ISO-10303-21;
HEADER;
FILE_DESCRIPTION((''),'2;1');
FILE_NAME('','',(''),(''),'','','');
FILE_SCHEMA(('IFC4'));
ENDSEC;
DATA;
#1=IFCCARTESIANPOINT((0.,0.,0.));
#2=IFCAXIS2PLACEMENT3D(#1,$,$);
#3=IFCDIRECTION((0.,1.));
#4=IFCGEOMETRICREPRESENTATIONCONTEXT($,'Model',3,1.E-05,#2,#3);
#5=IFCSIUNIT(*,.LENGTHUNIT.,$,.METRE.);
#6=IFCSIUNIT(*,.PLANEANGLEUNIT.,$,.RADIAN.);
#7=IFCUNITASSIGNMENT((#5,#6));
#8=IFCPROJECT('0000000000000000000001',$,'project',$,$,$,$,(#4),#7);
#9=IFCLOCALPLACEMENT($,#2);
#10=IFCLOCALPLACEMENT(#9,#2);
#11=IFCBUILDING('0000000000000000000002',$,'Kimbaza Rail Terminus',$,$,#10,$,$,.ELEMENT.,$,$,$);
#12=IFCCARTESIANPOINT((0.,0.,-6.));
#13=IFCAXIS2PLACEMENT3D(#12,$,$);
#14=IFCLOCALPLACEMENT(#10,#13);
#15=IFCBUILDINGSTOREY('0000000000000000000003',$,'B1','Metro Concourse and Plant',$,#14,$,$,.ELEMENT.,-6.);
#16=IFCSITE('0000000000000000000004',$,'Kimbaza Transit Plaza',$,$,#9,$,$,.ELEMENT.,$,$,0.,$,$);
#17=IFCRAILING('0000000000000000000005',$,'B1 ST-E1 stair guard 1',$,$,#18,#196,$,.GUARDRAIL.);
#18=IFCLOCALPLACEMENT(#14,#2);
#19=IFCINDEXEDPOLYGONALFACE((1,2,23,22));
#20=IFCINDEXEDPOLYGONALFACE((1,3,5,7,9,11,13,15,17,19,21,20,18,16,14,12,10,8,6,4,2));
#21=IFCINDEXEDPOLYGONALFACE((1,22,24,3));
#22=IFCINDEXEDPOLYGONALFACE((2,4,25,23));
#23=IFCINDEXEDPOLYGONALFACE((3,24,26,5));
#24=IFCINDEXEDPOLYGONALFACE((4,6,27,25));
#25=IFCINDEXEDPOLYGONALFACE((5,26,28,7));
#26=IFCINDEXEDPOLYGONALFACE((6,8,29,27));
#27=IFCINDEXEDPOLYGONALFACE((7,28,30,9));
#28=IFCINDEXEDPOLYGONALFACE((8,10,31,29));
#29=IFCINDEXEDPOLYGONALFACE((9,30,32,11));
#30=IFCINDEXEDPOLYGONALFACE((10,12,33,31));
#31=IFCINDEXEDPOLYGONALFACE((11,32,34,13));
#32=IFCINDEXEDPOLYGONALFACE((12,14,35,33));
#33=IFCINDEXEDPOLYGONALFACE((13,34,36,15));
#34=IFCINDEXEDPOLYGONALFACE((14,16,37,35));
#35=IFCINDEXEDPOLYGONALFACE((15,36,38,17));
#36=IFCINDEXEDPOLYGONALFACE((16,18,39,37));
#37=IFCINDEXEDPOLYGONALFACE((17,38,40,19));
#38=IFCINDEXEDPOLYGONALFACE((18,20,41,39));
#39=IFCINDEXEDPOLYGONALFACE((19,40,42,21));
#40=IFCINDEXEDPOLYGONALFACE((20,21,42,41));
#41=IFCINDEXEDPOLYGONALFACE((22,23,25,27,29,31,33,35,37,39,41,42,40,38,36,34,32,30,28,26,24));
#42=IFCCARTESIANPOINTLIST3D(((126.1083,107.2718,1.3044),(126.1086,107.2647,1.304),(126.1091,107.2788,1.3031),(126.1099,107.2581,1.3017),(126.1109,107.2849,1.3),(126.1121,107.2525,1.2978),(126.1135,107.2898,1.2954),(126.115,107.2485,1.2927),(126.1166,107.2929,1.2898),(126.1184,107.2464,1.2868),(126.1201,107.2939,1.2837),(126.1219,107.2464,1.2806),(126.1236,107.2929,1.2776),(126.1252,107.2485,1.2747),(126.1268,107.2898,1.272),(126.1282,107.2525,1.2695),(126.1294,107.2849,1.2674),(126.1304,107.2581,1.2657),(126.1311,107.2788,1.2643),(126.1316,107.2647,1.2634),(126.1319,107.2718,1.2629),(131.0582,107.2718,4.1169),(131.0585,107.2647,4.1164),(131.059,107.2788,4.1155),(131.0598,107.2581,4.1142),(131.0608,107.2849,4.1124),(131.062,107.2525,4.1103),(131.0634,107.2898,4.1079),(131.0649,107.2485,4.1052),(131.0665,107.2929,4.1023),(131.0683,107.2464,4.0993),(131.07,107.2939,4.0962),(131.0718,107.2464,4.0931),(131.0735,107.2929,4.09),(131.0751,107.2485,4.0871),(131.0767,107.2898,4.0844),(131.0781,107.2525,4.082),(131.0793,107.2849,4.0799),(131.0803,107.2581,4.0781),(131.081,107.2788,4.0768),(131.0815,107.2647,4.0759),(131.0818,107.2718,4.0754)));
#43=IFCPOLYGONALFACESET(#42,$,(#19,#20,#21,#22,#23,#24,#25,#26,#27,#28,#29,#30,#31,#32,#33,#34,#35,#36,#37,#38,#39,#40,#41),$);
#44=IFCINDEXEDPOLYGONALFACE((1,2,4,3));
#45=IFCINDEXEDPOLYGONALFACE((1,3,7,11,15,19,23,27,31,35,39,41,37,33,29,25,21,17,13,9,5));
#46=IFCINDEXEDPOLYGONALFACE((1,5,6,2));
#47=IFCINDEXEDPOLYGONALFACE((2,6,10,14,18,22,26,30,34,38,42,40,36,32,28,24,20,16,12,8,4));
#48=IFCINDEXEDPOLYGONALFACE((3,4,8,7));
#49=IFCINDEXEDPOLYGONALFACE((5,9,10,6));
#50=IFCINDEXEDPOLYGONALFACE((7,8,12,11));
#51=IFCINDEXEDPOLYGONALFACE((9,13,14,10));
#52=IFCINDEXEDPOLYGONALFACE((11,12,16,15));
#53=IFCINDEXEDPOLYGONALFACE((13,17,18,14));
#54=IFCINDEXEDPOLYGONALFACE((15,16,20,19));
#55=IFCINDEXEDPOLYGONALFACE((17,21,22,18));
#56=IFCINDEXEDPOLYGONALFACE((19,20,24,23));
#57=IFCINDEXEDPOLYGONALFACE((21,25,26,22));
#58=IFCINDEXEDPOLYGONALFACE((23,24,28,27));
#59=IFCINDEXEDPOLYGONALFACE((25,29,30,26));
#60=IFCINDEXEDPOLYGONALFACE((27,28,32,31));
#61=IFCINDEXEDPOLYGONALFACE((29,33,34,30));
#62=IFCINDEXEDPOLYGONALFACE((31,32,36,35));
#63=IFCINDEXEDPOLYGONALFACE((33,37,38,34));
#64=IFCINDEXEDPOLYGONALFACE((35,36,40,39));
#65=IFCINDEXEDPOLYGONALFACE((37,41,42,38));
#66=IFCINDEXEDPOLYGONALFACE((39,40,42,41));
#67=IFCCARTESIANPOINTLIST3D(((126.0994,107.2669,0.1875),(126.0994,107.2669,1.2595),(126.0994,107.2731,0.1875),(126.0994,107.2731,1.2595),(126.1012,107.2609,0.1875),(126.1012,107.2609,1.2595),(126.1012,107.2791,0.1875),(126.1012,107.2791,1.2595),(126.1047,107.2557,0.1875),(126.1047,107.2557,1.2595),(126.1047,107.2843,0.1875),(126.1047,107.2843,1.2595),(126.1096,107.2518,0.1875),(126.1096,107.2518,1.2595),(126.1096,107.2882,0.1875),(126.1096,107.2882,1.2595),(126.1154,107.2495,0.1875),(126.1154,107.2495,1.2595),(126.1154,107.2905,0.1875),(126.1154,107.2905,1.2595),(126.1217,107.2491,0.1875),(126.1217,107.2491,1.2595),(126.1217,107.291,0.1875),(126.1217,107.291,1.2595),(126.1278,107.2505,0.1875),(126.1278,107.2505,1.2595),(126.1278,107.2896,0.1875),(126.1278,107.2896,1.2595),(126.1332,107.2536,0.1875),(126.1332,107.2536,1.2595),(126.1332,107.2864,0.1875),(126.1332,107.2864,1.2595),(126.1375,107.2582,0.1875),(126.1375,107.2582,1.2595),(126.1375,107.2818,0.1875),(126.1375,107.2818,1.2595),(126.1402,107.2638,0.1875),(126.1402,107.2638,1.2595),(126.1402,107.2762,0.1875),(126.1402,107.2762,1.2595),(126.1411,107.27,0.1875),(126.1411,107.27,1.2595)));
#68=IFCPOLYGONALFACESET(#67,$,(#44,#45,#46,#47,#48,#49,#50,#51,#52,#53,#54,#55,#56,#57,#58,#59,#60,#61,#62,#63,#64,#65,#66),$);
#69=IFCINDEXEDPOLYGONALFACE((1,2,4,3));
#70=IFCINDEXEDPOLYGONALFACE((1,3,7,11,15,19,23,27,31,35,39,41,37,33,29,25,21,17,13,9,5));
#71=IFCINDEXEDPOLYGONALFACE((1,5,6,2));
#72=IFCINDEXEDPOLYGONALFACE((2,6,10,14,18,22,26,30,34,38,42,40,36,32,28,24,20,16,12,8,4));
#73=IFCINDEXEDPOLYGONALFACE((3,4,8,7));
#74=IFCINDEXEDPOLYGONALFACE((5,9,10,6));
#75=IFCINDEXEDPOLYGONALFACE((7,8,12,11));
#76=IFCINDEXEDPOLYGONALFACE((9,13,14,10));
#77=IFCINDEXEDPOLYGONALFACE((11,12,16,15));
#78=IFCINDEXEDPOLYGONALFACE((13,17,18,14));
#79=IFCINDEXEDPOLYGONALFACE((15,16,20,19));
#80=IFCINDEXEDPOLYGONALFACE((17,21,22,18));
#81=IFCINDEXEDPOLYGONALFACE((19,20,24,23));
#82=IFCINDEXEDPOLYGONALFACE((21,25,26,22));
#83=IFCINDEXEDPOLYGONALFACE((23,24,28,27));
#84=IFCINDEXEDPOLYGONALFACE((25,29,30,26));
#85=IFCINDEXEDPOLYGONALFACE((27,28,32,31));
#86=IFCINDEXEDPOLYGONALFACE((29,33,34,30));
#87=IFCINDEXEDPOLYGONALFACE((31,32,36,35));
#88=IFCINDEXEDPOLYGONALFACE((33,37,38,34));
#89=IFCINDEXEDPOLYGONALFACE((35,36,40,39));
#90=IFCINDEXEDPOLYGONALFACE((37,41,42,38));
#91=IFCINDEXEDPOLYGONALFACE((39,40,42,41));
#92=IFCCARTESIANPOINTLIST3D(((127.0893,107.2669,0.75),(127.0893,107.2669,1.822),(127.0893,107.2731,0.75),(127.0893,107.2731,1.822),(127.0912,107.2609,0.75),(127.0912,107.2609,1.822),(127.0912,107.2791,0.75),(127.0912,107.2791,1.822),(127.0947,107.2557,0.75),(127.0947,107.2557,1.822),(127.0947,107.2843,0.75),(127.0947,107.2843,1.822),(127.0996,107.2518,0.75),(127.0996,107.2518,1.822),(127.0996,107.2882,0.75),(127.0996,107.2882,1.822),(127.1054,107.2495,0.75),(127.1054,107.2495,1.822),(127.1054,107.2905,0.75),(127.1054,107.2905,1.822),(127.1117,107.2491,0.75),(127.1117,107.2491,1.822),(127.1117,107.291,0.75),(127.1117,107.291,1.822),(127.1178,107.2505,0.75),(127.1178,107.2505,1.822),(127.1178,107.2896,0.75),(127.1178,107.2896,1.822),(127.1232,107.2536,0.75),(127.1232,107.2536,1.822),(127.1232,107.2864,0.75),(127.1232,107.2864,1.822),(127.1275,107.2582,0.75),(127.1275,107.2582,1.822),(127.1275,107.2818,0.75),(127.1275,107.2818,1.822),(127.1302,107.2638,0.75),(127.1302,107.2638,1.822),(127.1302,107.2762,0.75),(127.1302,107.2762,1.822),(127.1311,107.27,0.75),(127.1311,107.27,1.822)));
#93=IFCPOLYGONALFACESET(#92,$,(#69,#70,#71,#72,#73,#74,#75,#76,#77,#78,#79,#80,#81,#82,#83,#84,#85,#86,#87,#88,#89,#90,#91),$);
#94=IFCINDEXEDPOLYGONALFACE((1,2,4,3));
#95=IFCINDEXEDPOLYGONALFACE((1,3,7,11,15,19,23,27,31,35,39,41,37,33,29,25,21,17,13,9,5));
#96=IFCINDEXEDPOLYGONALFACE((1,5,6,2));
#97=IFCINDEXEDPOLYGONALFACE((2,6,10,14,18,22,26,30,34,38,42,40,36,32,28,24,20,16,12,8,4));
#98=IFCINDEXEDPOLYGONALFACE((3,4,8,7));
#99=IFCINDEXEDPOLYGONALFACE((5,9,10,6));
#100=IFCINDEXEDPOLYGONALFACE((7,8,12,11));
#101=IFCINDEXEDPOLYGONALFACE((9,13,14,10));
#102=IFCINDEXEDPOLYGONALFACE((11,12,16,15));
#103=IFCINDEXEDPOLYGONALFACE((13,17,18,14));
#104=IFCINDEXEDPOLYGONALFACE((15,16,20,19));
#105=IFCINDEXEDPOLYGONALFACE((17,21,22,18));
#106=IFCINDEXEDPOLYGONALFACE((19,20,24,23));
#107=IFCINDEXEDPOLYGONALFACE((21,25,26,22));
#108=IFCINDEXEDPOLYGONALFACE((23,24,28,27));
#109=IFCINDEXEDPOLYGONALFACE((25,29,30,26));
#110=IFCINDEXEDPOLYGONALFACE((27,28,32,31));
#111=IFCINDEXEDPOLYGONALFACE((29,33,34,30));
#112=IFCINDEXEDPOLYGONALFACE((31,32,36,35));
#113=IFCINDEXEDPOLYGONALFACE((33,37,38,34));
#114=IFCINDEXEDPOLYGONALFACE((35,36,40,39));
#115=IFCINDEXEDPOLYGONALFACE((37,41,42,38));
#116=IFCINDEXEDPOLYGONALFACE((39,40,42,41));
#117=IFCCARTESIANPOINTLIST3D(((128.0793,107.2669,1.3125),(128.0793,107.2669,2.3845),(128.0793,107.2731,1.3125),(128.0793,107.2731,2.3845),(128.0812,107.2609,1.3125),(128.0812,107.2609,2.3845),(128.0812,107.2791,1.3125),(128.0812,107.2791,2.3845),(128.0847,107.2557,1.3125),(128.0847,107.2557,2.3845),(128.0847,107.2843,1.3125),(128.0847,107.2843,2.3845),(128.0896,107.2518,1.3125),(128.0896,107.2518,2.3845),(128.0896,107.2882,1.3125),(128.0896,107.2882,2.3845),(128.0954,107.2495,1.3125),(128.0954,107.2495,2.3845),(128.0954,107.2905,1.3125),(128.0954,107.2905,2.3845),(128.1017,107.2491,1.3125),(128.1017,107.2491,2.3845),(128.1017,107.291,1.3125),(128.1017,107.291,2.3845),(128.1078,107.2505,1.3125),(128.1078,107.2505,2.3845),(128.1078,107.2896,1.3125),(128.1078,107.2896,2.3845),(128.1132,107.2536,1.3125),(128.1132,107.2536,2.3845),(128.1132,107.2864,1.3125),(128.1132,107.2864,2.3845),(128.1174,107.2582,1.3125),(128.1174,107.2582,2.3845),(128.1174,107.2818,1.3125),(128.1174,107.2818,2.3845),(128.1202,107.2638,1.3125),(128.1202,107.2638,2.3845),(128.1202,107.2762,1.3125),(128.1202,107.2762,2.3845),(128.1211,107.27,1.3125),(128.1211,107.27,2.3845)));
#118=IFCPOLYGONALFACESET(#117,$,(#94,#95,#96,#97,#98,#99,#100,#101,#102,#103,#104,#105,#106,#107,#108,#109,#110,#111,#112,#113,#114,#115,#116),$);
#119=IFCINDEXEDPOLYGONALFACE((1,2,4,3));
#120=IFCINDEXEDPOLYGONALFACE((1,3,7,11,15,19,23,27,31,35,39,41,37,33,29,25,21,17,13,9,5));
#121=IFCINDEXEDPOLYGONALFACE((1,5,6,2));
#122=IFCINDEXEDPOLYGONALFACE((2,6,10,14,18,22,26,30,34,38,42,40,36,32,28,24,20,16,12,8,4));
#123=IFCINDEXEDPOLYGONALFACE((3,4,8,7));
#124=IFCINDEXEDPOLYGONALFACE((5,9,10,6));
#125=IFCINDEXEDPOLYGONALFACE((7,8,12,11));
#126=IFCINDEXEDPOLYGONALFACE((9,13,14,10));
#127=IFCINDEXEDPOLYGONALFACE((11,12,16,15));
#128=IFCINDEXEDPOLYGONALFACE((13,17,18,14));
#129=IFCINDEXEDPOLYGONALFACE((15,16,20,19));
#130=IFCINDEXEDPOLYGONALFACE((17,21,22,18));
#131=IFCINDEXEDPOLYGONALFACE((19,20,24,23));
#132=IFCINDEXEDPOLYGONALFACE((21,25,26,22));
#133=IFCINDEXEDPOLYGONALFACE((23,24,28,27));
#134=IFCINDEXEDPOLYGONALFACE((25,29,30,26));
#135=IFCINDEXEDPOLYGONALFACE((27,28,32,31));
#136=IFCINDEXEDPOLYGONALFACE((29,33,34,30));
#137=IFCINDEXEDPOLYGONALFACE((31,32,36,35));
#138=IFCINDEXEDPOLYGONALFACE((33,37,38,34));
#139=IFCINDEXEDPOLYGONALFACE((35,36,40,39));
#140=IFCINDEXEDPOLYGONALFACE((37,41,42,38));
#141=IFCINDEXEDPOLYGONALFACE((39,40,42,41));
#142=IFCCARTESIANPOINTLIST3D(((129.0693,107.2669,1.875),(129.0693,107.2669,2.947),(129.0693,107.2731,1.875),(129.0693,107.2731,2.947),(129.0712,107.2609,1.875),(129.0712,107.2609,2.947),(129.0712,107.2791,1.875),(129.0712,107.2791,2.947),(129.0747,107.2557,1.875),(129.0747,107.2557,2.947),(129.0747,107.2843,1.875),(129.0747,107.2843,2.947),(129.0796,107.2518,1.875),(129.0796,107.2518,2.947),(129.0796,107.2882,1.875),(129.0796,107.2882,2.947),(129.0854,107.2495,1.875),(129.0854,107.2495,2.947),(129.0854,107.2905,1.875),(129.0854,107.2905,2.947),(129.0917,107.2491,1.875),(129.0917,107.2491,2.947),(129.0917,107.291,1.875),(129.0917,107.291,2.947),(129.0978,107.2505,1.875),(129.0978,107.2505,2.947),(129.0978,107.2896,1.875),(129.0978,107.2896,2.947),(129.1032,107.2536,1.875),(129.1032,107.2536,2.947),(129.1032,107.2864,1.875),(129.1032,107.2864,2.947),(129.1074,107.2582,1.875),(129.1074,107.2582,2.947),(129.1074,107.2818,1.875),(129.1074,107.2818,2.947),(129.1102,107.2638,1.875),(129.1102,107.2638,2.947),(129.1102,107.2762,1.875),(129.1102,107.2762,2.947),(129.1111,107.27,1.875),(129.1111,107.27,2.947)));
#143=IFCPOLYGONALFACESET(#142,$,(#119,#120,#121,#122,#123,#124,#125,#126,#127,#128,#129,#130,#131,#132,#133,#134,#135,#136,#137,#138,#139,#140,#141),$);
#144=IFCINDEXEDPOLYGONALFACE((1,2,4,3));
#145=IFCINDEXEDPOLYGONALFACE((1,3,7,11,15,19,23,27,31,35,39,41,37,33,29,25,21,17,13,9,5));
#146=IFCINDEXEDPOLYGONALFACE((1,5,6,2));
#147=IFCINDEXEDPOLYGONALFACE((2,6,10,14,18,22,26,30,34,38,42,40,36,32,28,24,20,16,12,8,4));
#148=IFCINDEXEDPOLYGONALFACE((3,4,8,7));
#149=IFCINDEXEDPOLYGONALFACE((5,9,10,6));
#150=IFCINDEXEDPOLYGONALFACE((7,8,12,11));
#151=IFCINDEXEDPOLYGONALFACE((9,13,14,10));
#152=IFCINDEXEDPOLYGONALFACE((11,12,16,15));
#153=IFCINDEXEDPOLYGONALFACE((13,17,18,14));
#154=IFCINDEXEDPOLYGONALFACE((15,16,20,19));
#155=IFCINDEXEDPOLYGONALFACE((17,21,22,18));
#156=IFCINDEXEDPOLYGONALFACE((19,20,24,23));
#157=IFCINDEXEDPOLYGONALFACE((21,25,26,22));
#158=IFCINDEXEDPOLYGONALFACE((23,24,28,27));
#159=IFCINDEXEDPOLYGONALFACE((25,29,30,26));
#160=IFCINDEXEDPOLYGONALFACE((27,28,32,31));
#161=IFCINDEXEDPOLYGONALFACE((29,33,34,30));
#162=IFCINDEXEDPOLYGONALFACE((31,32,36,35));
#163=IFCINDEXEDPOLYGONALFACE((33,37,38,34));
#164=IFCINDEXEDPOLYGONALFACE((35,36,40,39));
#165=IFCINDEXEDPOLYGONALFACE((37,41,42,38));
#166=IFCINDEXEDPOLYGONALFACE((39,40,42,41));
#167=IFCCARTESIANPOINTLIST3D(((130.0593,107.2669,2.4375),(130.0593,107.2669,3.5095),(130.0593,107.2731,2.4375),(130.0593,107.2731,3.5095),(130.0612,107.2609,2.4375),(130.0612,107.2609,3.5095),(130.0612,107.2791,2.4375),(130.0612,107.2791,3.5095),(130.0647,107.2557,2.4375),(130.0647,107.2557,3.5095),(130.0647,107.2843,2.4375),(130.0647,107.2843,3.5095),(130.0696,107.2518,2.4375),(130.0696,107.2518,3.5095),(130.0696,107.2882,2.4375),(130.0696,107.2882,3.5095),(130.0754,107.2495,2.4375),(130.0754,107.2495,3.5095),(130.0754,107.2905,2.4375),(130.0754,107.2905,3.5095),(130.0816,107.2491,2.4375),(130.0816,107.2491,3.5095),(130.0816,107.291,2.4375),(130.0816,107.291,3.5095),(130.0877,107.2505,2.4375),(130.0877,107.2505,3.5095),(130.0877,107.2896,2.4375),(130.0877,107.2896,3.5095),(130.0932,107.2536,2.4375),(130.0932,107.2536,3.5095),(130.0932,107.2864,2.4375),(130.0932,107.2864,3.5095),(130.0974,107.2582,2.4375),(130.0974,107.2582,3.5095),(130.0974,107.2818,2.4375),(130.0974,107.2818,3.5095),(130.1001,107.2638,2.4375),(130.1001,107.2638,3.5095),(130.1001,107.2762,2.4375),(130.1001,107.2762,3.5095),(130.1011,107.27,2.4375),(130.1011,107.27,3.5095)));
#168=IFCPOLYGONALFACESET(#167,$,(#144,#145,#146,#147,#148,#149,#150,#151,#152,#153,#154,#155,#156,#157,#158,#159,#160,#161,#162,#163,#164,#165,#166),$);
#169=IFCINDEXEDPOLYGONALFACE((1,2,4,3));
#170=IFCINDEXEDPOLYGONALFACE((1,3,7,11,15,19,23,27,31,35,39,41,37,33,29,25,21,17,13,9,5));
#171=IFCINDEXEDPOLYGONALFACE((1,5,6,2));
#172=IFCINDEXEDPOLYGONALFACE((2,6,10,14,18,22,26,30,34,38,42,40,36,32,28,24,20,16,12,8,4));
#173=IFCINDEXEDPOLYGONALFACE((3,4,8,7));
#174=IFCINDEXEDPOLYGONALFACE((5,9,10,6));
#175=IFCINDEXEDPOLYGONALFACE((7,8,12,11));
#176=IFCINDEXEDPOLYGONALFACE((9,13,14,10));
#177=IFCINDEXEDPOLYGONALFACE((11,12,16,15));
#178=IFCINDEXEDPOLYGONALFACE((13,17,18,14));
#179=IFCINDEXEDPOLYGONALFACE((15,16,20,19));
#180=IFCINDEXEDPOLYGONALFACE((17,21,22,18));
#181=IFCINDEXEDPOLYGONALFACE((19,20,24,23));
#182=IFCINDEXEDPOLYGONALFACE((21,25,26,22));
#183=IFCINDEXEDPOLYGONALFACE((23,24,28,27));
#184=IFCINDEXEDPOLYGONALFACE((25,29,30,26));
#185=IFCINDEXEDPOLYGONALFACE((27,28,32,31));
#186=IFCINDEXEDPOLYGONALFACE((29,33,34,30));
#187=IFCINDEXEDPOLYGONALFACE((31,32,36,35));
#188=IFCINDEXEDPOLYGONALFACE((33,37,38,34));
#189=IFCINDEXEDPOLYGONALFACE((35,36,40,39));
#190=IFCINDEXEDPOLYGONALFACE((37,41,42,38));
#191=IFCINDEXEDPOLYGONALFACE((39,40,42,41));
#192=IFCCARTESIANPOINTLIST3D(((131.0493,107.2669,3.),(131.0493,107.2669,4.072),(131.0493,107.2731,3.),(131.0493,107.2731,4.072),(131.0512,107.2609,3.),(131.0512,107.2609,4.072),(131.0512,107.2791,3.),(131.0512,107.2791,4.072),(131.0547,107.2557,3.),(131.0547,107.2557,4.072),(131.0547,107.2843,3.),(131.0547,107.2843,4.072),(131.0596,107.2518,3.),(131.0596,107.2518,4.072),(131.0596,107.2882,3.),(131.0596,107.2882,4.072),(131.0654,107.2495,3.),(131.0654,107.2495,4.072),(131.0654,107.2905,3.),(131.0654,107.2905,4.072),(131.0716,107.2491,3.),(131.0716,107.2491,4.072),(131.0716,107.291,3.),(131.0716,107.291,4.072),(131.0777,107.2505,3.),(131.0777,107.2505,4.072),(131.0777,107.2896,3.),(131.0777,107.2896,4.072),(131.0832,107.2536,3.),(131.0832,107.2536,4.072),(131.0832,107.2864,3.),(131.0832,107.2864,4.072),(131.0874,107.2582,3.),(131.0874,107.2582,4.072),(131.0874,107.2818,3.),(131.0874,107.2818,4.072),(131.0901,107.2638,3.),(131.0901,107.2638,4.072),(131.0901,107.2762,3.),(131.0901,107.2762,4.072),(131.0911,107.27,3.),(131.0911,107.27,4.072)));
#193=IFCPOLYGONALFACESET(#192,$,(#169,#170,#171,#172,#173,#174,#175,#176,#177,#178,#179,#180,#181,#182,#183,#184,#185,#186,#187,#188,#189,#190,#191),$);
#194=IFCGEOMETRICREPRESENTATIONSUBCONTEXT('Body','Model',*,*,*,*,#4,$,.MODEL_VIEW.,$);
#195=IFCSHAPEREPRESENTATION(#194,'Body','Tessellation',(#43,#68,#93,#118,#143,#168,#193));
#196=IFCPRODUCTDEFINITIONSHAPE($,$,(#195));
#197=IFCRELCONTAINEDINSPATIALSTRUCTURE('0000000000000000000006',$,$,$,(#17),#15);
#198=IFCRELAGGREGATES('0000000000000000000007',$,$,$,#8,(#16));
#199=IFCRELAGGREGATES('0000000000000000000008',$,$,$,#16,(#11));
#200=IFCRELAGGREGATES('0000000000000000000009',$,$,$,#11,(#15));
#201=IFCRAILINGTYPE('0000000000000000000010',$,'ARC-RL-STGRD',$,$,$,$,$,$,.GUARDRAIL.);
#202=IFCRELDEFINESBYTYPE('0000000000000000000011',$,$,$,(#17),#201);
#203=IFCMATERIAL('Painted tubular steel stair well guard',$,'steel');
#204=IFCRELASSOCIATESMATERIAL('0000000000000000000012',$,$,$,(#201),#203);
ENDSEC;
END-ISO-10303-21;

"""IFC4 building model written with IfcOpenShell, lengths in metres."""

from ifc_helpers import new_model, si_unit, direction, frame, origin, origin_2d, place, context, subcontext, project, spatial, circle, extrude, material, type_object, element, save


model = new_model("IFC4")

# Units and contexts
model_context = context("Model", 3, precision=1e-05, world=origin(), true_north=direction((0.0, 1.0)))
body_context = subcontext(model_context, "Body", "Model", "MODEL_VIEW")
ifc_project = project(units=[si_unit("LENGTHUNIT", "METRE"), si_unit("PLANEANGLEUNIT", "RADIAN")], contexts=[model_context])

# Site, building, storey
site_placement = place(None, origin())
site = spatial("IfcSite", under=ifc_project, at=site_placement, Name="Kimbaza Transit Plaza", CompositionType="ELEMENT", RefElevation=0.0)
building_placement = place(site_placement, origin())
building = spatial("IfcBuilding", under=site, at=building_placement, Name="Kimbaza Rail Terminus", CompositionType="ELEMENT")
storey_placement = place(building_placement, frame((0.0, 0.0, -6.0)))
storey = spatial("IfcBuildingStorey", under=building, at=storey_placement, Name="B1", Description="Metro Concourse and Plant", CompositionType="ELEMENT", Elevation=-6.0)

# Railing
ifc_material_1 = material(Name="Painted tubular steel stair well guard", Category="steel")
railing_type_1 = type_object("IfcRailingType", Name="ARC-RL-STGRD", PredefinedType="GUARDRAIL", material=ifc_material_1)
railing_1_placement = place(storey_placement, frame((126.1201, 107.27, 0.1875)))
element("IfcRailing", 1, at=railing_1_placement, inside=storey, type_object=railing_type_1, Name="B1 ST-E1 stair guard 1", PredefinedType="GUARDRAIL", context=body_context, shape_type="SweptSolid", body=[
    extrude(circle(Radius=0.0239, at=origin_2d()), frame((0.0, 0.0, 1.0962), z_axis=(0.869454, 0.0, 0.494013), x_axis=(0.0, 1.0, 0.0)), (0.0, 0.0, 1.0), 5.6931),
    extrude(circle(Radius=0.021, at=origin_2d()), origin(), (0.0, 0.0, 1.0), 1.072),
    extrude(circle(Radius=0.021, at=origin_2d()), frame((0.99, 0.0, 0.5625)), (0.0, 0.0, 1.0), 1.072),
    extrude(circle(Radius=0.021, at=origin_2d()), frame((1.98, 0.0, 1.125)), (0.0, 0.0, 1.0), 1.072),
    extrude(circle(Radius=0.021, at=origin_2d()), frame((2.97, 0.0, 1.6875)), (0.0, 0.0, 1.0), 1.072),
    extrude(circle(Radius=0.021, at=origin_2d()), frame((3.96, 0.0, 2.25)), (0.0, 0.0, 1.0), 1.072),
    extrude(circle(Radius=0.021, at=origin_2d()), frame((4.95, 0.0, 2.8125)), (0.0, 0.0, 1.0), 1.072),
])

save(model, "model.ifc")
